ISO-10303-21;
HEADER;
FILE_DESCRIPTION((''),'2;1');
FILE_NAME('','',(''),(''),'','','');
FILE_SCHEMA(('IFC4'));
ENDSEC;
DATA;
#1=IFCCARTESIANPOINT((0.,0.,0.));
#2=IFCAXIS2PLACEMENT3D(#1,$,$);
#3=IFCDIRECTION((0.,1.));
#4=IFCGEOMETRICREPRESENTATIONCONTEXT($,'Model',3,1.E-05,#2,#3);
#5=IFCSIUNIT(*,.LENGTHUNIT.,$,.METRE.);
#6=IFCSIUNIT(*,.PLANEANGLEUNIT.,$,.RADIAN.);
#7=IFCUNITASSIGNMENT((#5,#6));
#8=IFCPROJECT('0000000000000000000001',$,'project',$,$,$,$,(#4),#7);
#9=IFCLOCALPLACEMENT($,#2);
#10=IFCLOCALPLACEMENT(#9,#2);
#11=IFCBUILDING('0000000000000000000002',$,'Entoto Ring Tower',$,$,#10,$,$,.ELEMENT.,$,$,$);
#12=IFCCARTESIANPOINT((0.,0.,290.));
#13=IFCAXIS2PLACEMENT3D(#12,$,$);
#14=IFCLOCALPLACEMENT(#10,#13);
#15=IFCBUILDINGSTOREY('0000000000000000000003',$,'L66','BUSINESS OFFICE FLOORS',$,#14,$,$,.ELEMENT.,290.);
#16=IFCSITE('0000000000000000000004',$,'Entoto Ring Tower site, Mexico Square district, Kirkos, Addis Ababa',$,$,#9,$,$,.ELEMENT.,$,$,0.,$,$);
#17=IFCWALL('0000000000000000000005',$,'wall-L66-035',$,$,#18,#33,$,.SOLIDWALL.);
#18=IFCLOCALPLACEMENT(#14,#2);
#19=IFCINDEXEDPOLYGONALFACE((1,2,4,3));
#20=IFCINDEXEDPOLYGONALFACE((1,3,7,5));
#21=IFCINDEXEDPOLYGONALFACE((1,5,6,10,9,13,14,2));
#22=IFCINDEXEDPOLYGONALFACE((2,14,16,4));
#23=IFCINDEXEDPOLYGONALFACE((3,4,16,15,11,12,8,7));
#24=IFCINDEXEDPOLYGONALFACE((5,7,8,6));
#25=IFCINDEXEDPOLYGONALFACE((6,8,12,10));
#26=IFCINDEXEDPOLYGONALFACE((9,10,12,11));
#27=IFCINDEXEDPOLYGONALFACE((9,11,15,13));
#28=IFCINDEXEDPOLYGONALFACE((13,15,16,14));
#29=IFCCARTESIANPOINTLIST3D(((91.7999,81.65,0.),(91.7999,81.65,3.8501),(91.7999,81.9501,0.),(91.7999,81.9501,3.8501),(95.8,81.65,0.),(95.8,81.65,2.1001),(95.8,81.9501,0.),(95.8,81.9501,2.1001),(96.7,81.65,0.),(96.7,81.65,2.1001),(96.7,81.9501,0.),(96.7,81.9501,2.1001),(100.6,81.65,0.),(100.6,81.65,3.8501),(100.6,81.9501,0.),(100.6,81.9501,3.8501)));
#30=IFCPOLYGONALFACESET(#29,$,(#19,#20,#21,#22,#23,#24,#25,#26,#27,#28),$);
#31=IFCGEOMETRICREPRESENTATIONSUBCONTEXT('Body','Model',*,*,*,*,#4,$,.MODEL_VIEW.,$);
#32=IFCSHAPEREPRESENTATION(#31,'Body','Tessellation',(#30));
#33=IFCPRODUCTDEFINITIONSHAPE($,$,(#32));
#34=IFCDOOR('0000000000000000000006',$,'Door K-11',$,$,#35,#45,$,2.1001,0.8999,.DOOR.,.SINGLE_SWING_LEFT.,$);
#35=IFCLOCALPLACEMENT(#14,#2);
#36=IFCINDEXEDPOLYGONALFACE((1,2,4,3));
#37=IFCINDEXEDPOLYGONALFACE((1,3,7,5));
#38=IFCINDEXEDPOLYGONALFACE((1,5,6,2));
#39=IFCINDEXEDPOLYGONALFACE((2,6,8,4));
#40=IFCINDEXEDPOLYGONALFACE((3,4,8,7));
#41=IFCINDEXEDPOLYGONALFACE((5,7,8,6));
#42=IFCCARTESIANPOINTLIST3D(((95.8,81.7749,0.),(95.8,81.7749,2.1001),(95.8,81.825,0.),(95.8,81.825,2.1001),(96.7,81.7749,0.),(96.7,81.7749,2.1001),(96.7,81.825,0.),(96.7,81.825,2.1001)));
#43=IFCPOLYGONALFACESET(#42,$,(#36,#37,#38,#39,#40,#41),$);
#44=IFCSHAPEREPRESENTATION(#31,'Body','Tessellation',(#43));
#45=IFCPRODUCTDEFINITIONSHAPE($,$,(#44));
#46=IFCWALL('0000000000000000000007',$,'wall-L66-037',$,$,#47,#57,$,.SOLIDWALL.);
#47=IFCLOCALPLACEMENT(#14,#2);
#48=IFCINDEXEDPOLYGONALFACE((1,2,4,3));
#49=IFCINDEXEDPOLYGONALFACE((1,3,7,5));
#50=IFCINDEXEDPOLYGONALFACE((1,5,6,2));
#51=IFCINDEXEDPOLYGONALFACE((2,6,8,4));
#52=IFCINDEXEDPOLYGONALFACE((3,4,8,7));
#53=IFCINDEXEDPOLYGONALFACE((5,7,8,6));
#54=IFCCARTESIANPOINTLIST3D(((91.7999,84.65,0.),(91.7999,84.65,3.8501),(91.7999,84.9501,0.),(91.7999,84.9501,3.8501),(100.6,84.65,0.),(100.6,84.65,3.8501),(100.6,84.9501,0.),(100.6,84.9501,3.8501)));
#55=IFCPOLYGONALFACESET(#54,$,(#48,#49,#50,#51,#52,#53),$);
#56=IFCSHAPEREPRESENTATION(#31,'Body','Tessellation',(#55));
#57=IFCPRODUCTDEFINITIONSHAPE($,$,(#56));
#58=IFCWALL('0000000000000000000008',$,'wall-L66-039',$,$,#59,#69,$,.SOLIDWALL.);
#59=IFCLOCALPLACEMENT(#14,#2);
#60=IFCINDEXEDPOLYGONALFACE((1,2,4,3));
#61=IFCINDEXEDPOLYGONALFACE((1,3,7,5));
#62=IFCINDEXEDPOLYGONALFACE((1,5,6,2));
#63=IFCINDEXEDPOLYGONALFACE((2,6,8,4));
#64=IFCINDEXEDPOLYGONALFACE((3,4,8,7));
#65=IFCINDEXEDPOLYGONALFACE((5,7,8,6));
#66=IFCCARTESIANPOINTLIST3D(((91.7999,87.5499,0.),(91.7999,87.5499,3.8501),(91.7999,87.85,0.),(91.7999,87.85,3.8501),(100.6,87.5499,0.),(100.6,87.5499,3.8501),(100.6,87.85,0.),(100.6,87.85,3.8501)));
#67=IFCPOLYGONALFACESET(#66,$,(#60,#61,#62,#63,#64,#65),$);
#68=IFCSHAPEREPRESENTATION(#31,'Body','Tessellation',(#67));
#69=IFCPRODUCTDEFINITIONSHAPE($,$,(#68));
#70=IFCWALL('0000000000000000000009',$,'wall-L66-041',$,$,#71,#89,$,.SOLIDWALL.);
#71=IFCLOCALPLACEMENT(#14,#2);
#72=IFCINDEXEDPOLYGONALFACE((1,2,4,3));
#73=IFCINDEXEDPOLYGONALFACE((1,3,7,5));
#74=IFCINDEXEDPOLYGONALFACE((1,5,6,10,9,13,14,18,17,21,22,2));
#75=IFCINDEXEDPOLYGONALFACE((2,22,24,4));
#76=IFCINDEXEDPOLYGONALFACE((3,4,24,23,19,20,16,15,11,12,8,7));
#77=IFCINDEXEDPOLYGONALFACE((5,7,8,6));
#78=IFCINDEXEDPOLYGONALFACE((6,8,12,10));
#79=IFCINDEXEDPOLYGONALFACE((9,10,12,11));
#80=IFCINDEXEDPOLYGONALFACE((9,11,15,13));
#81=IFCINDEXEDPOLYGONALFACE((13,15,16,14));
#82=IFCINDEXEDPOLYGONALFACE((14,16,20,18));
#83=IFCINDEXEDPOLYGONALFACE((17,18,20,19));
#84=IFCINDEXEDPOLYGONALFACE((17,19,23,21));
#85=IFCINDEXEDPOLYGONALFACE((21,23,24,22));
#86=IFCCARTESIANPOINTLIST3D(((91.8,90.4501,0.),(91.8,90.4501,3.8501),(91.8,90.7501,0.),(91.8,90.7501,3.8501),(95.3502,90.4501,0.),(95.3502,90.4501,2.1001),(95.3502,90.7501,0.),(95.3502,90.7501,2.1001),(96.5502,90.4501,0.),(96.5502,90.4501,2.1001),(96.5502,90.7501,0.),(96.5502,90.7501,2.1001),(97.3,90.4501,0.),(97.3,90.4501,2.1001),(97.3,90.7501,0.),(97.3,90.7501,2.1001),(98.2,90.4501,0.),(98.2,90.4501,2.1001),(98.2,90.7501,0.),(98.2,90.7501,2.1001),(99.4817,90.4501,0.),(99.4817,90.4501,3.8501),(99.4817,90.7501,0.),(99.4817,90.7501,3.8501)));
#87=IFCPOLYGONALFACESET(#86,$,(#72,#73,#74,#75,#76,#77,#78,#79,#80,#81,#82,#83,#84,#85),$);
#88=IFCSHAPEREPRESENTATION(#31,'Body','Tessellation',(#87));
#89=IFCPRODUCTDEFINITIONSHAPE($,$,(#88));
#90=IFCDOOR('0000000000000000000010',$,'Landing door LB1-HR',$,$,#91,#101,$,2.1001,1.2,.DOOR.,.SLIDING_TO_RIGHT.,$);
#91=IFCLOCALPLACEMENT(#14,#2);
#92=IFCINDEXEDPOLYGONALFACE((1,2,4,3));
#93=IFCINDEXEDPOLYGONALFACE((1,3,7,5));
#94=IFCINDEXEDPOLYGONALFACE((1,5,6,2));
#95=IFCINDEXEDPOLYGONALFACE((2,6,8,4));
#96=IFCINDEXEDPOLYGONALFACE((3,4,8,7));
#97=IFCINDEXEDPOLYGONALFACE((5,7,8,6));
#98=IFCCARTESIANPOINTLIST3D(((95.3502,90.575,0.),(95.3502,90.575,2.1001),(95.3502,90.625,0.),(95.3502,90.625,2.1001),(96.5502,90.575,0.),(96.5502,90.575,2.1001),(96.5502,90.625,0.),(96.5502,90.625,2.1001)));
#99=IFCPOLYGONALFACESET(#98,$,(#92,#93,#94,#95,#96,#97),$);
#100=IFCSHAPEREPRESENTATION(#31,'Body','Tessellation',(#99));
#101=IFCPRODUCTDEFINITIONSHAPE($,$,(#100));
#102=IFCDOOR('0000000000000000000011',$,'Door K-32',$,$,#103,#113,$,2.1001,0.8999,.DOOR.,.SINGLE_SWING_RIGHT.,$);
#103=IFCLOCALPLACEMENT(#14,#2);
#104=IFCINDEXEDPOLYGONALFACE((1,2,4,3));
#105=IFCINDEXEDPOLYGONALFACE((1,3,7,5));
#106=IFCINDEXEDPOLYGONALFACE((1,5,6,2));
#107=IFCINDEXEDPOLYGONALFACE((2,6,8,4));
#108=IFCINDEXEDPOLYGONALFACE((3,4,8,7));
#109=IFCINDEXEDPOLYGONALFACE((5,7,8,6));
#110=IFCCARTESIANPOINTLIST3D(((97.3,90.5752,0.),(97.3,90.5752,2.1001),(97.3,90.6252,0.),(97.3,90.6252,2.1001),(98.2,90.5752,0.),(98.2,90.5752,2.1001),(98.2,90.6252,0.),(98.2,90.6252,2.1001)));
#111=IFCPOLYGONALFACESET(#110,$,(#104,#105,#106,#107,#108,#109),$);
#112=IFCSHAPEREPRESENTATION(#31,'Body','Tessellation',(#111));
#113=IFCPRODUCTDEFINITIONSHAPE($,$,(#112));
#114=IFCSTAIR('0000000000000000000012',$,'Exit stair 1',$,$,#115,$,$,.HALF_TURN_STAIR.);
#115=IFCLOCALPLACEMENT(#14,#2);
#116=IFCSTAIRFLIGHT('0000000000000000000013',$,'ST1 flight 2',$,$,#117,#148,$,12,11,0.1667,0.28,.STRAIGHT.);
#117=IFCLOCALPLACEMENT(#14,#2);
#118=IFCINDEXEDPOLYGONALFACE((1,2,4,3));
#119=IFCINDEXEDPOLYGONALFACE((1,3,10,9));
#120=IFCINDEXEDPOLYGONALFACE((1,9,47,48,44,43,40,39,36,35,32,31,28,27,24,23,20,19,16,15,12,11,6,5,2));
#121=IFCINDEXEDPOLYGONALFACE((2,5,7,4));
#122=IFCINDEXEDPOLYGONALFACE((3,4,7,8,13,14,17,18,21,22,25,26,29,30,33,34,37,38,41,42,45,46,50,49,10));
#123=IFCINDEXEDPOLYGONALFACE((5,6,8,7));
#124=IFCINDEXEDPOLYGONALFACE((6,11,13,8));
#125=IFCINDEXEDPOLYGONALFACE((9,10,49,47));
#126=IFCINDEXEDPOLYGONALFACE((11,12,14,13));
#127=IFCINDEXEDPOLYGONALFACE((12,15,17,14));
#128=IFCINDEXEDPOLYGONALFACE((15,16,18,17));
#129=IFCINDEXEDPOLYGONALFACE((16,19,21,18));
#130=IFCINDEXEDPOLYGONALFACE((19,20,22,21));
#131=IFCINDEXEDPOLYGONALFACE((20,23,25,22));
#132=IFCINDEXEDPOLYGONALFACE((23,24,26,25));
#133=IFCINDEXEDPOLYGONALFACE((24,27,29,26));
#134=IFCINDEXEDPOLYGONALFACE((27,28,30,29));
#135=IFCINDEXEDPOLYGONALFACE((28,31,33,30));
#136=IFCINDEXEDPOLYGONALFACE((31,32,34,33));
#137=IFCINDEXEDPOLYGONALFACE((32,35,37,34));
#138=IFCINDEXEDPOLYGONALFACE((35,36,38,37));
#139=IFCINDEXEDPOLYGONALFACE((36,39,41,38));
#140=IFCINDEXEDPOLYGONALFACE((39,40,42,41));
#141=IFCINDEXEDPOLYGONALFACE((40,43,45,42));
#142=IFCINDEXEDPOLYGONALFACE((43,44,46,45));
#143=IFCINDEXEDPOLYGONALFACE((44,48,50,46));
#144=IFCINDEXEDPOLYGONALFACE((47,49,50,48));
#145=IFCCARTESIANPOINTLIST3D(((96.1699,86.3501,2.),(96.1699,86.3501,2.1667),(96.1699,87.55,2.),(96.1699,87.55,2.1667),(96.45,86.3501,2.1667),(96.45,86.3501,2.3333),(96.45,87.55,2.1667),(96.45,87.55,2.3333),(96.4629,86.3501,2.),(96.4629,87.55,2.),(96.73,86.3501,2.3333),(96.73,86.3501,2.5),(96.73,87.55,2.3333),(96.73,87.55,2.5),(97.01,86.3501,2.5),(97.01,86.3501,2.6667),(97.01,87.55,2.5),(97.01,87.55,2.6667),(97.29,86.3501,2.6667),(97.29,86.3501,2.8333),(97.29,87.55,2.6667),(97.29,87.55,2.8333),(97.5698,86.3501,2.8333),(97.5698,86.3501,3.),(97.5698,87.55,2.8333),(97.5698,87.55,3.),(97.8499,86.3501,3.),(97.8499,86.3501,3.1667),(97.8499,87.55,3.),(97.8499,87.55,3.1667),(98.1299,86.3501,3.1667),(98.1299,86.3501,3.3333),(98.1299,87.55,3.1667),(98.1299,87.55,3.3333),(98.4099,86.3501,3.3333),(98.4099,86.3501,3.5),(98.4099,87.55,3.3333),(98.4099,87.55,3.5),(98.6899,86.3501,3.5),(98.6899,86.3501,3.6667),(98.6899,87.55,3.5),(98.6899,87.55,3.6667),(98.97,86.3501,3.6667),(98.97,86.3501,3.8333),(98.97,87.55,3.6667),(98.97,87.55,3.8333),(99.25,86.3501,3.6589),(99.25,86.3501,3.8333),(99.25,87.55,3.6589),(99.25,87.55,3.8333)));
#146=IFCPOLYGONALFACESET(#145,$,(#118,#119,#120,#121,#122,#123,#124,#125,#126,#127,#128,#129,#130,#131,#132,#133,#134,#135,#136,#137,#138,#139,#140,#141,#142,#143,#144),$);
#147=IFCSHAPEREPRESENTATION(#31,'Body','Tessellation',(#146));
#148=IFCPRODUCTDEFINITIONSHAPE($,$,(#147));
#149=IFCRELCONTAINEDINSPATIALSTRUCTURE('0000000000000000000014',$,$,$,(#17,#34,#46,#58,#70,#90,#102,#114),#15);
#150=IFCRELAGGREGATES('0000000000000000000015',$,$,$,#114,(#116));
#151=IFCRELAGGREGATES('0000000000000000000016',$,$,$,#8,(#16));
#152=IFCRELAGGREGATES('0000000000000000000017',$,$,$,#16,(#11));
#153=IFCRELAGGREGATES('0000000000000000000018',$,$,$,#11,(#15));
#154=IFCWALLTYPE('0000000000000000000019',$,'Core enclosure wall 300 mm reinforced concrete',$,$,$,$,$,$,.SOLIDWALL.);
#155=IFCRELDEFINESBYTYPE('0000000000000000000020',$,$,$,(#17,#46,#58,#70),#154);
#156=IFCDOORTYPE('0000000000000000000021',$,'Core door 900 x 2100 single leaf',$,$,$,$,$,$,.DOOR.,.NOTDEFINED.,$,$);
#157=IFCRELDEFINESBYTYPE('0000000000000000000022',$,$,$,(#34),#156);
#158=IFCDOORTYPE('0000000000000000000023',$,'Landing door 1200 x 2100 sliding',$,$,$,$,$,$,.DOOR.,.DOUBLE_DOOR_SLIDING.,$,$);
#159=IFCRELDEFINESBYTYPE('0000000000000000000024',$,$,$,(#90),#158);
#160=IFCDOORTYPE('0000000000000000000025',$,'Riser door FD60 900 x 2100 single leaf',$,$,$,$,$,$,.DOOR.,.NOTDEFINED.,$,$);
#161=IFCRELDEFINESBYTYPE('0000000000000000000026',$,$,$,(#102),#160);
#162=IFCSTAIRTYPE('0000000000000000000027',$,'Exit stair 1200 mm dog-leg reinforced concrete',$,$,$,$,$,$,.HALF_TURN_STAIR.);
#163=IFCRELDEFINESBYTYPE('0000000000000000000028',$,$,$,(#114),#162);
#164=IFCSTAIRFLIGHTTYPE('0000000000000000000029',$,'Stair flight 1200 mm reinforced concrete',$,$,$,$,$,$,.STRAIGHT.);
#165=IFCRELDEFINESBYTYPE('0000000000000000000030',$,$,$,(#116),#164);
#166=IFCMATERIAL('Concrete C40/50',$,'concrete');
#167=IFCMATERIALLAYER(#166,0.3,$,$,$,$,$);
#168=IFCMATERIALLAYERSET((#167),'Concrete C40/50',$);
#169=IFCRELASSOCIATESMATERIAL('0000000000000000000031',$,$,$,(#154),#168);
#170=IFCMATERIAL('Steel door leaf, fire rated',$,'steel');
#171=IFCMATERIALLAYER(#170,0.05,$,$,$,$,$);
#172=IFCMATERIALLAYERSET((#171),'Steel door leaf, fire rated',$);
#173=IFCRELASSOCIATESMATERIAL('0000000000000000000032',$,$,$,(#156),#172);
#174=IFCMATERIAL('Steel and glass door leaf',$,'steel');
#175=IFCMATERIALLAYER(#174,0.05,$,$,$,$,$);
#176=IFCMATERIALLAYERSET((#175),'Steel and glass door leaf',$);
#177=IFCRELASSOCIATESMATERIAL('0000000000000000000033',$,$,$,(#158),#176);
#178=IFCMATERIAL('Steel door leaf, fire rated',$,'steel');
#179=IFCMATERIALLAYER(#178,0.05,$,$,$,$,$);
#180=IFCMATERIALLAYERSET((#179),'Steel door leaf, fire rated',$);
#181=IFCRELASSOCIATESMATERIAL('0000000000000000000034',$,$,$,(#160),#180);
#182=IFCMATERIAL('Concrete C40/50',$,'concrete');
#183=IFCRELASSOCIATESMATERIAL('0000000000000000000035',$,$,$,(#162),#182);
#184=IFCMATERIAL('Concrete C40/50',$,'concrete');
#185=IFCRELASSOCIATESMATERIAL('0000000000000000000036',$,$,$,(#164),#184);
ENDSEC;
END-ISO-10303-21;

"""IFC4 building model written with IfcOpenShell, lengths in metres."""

from ifc_helpers import new_model, si_unit, direction, frame, frame_2d, origin, place, context, subcontext, project, spatial, polyline, rectangle, outline, extrude, material, layer, layer_set, type_object, element, fill, aggregate, save


model = new_model("IFC4")

# Units and contexts
model_context = context("Model", 3, precision=1e-05, world=origin(), true_north=direction((0.0, 1.0)))
body_context = subcontext(model_context, "Body", "Model", "MODEL_VIEW")
ifc_project = project(units=[si_unit("LENGTHUNIT", "METRE"), si_unit("PLANEANGLEUNIT", "RADIAN")], contexts=[model_context])

# Site, building, storey
site_placement = place(None, origin())
site = spatial("IfcSite", under=ifc_project, at=site_placement, Name="Entoto Ring Tower site, Mexico Square district, Kirkos, Addis Ababa", CompositionType="ELEMENT", RefElevation=0.0)
building_placement = place(site_placement, origin())
building = spatial("IfcBuilding", under=site, at=building_placement, Name="Entoto Ring Tower", CompositionType="ELEMENT")
storey_placement = place(building_placement, frame((0.0, 0.0, 290.0)))
storey = spatial("IfcBuildingStorey", under=building, at=storey_placement, Name="L66", Description="BUSINESS OFFICE FLOORS", CompositionType="ELEMENT", Elevation=290.0)

# Shared definitions
ifc_material_1 = material(Name="Concrete C40/50", Category="concrete")
ifc_layer_1 = layer(ifc_material_1, 0.3)
ifc_layer_set_1 = layer_set([ifc_layer_1], Name="Concrete C40/50")
wall_type = type_object("IfcWallType", Name="Core enclosure wall 300 mm reinforced concrete", PredefinedType="SOLIDWALL", material=ifc_layer_set_1)

# Shared definitions
ifc_material_2 = material(Name="Steel door leaf, fire rated", Category="steel")
ifc_layer_2 = layer(ifc_material_2, 0.05)
ifc_layer_set_2 = layer_set([ifc_layer_2], Name="Steel door leaf, fire rated")
door_type_1 = type_object("IfcDoorType", Name="Core door 900 x 2100 single leaf", OperationType="NOTDEFINED", PredefinedType="DOOR", material=ifc_layer_set_2)
ifc_material_3 = material(Name="Steel and glass door leaf", Category="steel")
ifc_layer_3 = layer(ifc_material_3, 0.05)
ifc_layer_set_3 = layer_set([ifc_layer_3], Name="Steel and glass door leaf")
door_type_2 = type_object("IfcDoorType", Name="Landing door 1200 x 2100 sliding", OperationType="DOUBLE_DOOR_SLIDING", PredefinedType="DOOR", material=ifc_layer_set_3)

# Wall, opening, door
wall_1_placement = place(storey_placement, frame((91.8, 81.8, 0.0), z_axis=(0.0, 0.0, 1.0), x_axis=(1.0, 0.0, 0.0)))
wall_1 = element("IfcWall", 1, at=wall_1_placement, inside=storey, type_object=wall_type, Name="wall-L66-035", PredefinedType="SOLIDWALL", context=body_context, shape_type="SweptSolid", body=[
    extrude(rectangle(XDim=8.8, YDim=0.3, at=frame_2d((4.3999, 0.0))), origin(), (0.0, 0.0, 1.0), 3.8501),
])
opening_1_placement = place(wall_1_placement, frame((4.0, 0.0, 0.0)))
opening_1 = element("IfcOpeningElement", 2, at=opening_1_placement, cuts=wall_1, PredefinedType="OPENING", context=body_context, shape_type="SweptSolid", body=[
    extrude(rectangle(XDim=0.8999, YDim=2.1001, at=frame_2d((0.45, 1.05))), frame((0.0, 0.1602, 0.0), z_axis=(0.0, -1.0, 0.0), x_axis=(1.0, 0.0, 0.0)), (0.0, 0.0, 1.0), 0.3201),
])
door_1_placement = place(opening_1_placement, origin())
door_1 = element("IfcDoor", 3, at=door_1_placement, inside=storey, type_object=door_type_1, Name="Door K-11", OperationType="SINGLE_SWING_LEFT", OverallHeight=2.1001, OverallWidth=0.8999, PredefinedType="DOOR", context=body_context, shape_type="SweptSolid", body=[
    extrude(rectangle(XDim=0.8999, YDim=2.1001, at=frame_2d((0.45, 1.05))), frame((0.0, 0.0249, 0.0), z_axis=(0.0, -1.0, 0.0), x_axis=(1.0, 0.0, 0.0)), (0.0, 0.0, 1.0), 0.05),
])
fill(opening_1, door_1)

# Walls
for number, where, z_axis, x_axis, name in (
    (4, (91.8, 84.8, 0.0), (0.0, 0.0, 1.0), (1.0, 0.0, 0.0), "wall-L66-037"),
    (5, (91.8, 87.7, 0.0), (0.0, 0.0, 1.0), (1.0, 0.0, 0.0), "wall-L66-039"),
):
    element("IfcWall", number, at=place(storey_placement, frame(where, z_axis=z_axis, x_axis=x_axis)), inside=storey, type_object=wall_type, Name=name, PredefinedType="SOLIDWALL", context=body_context, shape_type="SweptSolid", body=[
        extrude(rectangle(XDim=8.8, YDim=0.3, at=frame_2d((4.3999, 0.0))), origin(), (0.0, 0.0, 1.0), 3.8501),
    ])

# Wall, openings, doors
wall_2_placement = place(storey_placement, frame((91.8, 90.6001, 0.0), z_axis=(0.0, 0.0, 1.0), x_axis=(1.0, 0.0, 0.0)))
wall_2 = element("IfcWall", 6, at=wall_2_placement, inside=storey, type_object=wall_type, Name="wall-L66-041", PredefinedType="SOLIDWALL", context=body_context, shape_type="SweptSolid", body=[
    extrude(rectangle(XDim=7.6816, YDim=0.3, at=frame_2d((3.8408, 0.0))), origin(), (0.0, 0.0, 1.0), 3.8501),
])
opening_2_placement = place(wall_2_placement, frame((3.55, 0.0, 0.0)))
opening_2 = element("IfcOpeningElement", 7, at=opening_2_placement, cuts=wall_2, PredefinedType="OPENING", context=body_context, shape_type="SweptSolid", body=[
    extrude(rectangle(XDim=1.2, YDim=2.1001, at=frame_2d((0.6001, 1.05))), frame((0.0, 0.1602, 0.0), z_axis=(0.0, -1.0, 0.0), x_axis=(1.0, 0.0, 0.0)), (0.0, 0.0, 1.0), 0.3201),
])
opening_3_placement = place(wall_2_placement, frame((5.5, 0.0, 0.0)))
opening_3 = element("IfcOpeningElement", 8, at=opening_3_placement, cuts=wall_2, PredefinedType="OPENING", context=body_context, shape_type="SweptSolid", body=[
    extrude(rectangle(XDim=0.8999, YDim=2.1001, at=frame_2d((0.45, 1.05))), frame((0.0, 0.1602, 0.0), z_axis=(0.0, -1.0, 0.0), x_axis=(1.0, 0.0, 0.0)), (0.0, 0.0, 1.0), 0.3201),
])
door_2_placement = place(opening_2_placement, origin())
door_2 = element("IfcDoor", 9, at=door_2_placement, inside=storey, type_object=door_type_2, Name="Landing door LB1-HR", OperationType="SLIDING_TO_RIGHT", OverallHeight=2.1001, OverallWidth=1.2, PredefinedType="DOOR", context=body_context, shape_type="SweptSolid", body=[
    extrude(rectangle(XDim=1.2, YDim=2.1001, at=frame_2d((0.6001, 1.05))), frame((0.0, 0.0249, 0.0), z_axis=(0.0, -1.0, 0.0), x_axis=(1.0, 0.0, 0.0)), (0.0, 0.0, 1.0), 0.05),
])
fill(opening_2, door_2)
ifc_material_4 = material(Name="Steel door leaf, fire rated", Category="steel")
ifc_layer_4 = layer(ifc_material_4, 0.05)
ifc_layer_set_4 = layer_set([ifc_layer_4], Name="Steel door leaf, fire rated")
door_type_3 = type_object("IfcDoorType", Name="Riser door FD60 900 x 2100 single leaf", OperationType="NOTDEFINED", PredefinedType="DOOR", material=ifc_layer_set_4)
door_3_placement = place(opening_3_placement, frame((0.8999, 0.0, 0.0), z_axis=(0.0, 0.0, 1.0), x_axis=(-1.0, 0.0, 0.0)))
door_3 = element("IfcDoor", 10, at=door_3_placement, inside=storey, type_object=door_type_3, Name="Door K-32", OperationType="SINGLE_SWING_RIGHT", OverallHeight=2.1001, OverallWidth=0.8999, PredefinedType="DOOR", context=body_context, shape_type="SweptSolid", body=[
    extrude(rectangle(XDim=0.8999, YDim=2.1001, at=frame_2d((0.45, 1.05))), frame((0.0, 0.0249, 0.0), z_axis=(0.0, -1.0, 0.0), x_axis=(1.0, 0.0, 0.0)), (0.0, 0.0, 1.0), 0.05),
])
fill(opening_3, door_3)

# Stair, stair flight
ifc_material_5 = material(Name="Concrete C40/50", Category="concrete")
stair_type = type_object("IfcStairType", Name="Exit stair 1200 mm dog-leg reinforced concrete", PredefinedType="HALF_TURN_STAIR", material=ifc_material_5)
stair_placement = place(storey_placement, origin())
stair = element("IfcStair", 11, at=stair_placement, inside=storey, type_object=stair_type, Name="Exit stair 1", PredefinedType="HALF_TURN_STAIR")
ifc_material_6 = material(Name="Concrete C40/50", Category="concrete")
stair_flight_type = type_object("IfcStairFlightType", Name="Stair flight 1200 mm reinforced concrete", PredefinedType="STRAIGHT", material=ifc_material_6)
stair_flight_placement = place(storey_placement, frame((96.1699, 86.95, 2.0), z_axis=(0.0, 0.0, 1.0), x_axis=(1.0, 0.0, 0.0)))
stair_flight = element("IfcStairFlight", 12, at=stair_flight_placement, type_object=stair_flight_type, Name="ST1 flight 2", NumberOfRisers=12, NumberOfTreads=11, PredefinedType="STRAIGHT", RiserHeight=0.1667, TreadLength=0.28, context=body_context, shape_type="SweptSolid", body=[
    extrude(outline(polyline([(0.0, 0.0), (0.0, 0.1667), (0.28, 0.1667), (0.28, 0.3333), (0.5601, 0.3333), (0.5601, 0.5), (0.8401, 0.5), (0.8401, 0.6667), (1.1201, 0.6667), (1.1201, 0.8333), (1.3999, 0.8333), (1.3999, 1.0), (1.6799, 1.0), (1.6799, 1.1667), (1.96, 1.1667), (1.96, 1.3333), (2.24, 1.3333), (2.24, 1.5), (2.52, 1.5), (2.52, 1.6667), (2.8, 1.6667), (2.8, 1.8333), (3.0801, 1.8333), (3.0801, 2.0), (3.0801, 1.6589), (0.293, 0.0), (0.0, 0.0)])), frame((0.0, 0.6001, 0.0), z_axis=(0.0, -1.0, 0.0), x_axis=(1.0, 0.0, 0.0)), (0.0, 0.0, 1.0), 1.2),
])
aggregate(stair, [stair_flight])

save(model, "model.ifc")
